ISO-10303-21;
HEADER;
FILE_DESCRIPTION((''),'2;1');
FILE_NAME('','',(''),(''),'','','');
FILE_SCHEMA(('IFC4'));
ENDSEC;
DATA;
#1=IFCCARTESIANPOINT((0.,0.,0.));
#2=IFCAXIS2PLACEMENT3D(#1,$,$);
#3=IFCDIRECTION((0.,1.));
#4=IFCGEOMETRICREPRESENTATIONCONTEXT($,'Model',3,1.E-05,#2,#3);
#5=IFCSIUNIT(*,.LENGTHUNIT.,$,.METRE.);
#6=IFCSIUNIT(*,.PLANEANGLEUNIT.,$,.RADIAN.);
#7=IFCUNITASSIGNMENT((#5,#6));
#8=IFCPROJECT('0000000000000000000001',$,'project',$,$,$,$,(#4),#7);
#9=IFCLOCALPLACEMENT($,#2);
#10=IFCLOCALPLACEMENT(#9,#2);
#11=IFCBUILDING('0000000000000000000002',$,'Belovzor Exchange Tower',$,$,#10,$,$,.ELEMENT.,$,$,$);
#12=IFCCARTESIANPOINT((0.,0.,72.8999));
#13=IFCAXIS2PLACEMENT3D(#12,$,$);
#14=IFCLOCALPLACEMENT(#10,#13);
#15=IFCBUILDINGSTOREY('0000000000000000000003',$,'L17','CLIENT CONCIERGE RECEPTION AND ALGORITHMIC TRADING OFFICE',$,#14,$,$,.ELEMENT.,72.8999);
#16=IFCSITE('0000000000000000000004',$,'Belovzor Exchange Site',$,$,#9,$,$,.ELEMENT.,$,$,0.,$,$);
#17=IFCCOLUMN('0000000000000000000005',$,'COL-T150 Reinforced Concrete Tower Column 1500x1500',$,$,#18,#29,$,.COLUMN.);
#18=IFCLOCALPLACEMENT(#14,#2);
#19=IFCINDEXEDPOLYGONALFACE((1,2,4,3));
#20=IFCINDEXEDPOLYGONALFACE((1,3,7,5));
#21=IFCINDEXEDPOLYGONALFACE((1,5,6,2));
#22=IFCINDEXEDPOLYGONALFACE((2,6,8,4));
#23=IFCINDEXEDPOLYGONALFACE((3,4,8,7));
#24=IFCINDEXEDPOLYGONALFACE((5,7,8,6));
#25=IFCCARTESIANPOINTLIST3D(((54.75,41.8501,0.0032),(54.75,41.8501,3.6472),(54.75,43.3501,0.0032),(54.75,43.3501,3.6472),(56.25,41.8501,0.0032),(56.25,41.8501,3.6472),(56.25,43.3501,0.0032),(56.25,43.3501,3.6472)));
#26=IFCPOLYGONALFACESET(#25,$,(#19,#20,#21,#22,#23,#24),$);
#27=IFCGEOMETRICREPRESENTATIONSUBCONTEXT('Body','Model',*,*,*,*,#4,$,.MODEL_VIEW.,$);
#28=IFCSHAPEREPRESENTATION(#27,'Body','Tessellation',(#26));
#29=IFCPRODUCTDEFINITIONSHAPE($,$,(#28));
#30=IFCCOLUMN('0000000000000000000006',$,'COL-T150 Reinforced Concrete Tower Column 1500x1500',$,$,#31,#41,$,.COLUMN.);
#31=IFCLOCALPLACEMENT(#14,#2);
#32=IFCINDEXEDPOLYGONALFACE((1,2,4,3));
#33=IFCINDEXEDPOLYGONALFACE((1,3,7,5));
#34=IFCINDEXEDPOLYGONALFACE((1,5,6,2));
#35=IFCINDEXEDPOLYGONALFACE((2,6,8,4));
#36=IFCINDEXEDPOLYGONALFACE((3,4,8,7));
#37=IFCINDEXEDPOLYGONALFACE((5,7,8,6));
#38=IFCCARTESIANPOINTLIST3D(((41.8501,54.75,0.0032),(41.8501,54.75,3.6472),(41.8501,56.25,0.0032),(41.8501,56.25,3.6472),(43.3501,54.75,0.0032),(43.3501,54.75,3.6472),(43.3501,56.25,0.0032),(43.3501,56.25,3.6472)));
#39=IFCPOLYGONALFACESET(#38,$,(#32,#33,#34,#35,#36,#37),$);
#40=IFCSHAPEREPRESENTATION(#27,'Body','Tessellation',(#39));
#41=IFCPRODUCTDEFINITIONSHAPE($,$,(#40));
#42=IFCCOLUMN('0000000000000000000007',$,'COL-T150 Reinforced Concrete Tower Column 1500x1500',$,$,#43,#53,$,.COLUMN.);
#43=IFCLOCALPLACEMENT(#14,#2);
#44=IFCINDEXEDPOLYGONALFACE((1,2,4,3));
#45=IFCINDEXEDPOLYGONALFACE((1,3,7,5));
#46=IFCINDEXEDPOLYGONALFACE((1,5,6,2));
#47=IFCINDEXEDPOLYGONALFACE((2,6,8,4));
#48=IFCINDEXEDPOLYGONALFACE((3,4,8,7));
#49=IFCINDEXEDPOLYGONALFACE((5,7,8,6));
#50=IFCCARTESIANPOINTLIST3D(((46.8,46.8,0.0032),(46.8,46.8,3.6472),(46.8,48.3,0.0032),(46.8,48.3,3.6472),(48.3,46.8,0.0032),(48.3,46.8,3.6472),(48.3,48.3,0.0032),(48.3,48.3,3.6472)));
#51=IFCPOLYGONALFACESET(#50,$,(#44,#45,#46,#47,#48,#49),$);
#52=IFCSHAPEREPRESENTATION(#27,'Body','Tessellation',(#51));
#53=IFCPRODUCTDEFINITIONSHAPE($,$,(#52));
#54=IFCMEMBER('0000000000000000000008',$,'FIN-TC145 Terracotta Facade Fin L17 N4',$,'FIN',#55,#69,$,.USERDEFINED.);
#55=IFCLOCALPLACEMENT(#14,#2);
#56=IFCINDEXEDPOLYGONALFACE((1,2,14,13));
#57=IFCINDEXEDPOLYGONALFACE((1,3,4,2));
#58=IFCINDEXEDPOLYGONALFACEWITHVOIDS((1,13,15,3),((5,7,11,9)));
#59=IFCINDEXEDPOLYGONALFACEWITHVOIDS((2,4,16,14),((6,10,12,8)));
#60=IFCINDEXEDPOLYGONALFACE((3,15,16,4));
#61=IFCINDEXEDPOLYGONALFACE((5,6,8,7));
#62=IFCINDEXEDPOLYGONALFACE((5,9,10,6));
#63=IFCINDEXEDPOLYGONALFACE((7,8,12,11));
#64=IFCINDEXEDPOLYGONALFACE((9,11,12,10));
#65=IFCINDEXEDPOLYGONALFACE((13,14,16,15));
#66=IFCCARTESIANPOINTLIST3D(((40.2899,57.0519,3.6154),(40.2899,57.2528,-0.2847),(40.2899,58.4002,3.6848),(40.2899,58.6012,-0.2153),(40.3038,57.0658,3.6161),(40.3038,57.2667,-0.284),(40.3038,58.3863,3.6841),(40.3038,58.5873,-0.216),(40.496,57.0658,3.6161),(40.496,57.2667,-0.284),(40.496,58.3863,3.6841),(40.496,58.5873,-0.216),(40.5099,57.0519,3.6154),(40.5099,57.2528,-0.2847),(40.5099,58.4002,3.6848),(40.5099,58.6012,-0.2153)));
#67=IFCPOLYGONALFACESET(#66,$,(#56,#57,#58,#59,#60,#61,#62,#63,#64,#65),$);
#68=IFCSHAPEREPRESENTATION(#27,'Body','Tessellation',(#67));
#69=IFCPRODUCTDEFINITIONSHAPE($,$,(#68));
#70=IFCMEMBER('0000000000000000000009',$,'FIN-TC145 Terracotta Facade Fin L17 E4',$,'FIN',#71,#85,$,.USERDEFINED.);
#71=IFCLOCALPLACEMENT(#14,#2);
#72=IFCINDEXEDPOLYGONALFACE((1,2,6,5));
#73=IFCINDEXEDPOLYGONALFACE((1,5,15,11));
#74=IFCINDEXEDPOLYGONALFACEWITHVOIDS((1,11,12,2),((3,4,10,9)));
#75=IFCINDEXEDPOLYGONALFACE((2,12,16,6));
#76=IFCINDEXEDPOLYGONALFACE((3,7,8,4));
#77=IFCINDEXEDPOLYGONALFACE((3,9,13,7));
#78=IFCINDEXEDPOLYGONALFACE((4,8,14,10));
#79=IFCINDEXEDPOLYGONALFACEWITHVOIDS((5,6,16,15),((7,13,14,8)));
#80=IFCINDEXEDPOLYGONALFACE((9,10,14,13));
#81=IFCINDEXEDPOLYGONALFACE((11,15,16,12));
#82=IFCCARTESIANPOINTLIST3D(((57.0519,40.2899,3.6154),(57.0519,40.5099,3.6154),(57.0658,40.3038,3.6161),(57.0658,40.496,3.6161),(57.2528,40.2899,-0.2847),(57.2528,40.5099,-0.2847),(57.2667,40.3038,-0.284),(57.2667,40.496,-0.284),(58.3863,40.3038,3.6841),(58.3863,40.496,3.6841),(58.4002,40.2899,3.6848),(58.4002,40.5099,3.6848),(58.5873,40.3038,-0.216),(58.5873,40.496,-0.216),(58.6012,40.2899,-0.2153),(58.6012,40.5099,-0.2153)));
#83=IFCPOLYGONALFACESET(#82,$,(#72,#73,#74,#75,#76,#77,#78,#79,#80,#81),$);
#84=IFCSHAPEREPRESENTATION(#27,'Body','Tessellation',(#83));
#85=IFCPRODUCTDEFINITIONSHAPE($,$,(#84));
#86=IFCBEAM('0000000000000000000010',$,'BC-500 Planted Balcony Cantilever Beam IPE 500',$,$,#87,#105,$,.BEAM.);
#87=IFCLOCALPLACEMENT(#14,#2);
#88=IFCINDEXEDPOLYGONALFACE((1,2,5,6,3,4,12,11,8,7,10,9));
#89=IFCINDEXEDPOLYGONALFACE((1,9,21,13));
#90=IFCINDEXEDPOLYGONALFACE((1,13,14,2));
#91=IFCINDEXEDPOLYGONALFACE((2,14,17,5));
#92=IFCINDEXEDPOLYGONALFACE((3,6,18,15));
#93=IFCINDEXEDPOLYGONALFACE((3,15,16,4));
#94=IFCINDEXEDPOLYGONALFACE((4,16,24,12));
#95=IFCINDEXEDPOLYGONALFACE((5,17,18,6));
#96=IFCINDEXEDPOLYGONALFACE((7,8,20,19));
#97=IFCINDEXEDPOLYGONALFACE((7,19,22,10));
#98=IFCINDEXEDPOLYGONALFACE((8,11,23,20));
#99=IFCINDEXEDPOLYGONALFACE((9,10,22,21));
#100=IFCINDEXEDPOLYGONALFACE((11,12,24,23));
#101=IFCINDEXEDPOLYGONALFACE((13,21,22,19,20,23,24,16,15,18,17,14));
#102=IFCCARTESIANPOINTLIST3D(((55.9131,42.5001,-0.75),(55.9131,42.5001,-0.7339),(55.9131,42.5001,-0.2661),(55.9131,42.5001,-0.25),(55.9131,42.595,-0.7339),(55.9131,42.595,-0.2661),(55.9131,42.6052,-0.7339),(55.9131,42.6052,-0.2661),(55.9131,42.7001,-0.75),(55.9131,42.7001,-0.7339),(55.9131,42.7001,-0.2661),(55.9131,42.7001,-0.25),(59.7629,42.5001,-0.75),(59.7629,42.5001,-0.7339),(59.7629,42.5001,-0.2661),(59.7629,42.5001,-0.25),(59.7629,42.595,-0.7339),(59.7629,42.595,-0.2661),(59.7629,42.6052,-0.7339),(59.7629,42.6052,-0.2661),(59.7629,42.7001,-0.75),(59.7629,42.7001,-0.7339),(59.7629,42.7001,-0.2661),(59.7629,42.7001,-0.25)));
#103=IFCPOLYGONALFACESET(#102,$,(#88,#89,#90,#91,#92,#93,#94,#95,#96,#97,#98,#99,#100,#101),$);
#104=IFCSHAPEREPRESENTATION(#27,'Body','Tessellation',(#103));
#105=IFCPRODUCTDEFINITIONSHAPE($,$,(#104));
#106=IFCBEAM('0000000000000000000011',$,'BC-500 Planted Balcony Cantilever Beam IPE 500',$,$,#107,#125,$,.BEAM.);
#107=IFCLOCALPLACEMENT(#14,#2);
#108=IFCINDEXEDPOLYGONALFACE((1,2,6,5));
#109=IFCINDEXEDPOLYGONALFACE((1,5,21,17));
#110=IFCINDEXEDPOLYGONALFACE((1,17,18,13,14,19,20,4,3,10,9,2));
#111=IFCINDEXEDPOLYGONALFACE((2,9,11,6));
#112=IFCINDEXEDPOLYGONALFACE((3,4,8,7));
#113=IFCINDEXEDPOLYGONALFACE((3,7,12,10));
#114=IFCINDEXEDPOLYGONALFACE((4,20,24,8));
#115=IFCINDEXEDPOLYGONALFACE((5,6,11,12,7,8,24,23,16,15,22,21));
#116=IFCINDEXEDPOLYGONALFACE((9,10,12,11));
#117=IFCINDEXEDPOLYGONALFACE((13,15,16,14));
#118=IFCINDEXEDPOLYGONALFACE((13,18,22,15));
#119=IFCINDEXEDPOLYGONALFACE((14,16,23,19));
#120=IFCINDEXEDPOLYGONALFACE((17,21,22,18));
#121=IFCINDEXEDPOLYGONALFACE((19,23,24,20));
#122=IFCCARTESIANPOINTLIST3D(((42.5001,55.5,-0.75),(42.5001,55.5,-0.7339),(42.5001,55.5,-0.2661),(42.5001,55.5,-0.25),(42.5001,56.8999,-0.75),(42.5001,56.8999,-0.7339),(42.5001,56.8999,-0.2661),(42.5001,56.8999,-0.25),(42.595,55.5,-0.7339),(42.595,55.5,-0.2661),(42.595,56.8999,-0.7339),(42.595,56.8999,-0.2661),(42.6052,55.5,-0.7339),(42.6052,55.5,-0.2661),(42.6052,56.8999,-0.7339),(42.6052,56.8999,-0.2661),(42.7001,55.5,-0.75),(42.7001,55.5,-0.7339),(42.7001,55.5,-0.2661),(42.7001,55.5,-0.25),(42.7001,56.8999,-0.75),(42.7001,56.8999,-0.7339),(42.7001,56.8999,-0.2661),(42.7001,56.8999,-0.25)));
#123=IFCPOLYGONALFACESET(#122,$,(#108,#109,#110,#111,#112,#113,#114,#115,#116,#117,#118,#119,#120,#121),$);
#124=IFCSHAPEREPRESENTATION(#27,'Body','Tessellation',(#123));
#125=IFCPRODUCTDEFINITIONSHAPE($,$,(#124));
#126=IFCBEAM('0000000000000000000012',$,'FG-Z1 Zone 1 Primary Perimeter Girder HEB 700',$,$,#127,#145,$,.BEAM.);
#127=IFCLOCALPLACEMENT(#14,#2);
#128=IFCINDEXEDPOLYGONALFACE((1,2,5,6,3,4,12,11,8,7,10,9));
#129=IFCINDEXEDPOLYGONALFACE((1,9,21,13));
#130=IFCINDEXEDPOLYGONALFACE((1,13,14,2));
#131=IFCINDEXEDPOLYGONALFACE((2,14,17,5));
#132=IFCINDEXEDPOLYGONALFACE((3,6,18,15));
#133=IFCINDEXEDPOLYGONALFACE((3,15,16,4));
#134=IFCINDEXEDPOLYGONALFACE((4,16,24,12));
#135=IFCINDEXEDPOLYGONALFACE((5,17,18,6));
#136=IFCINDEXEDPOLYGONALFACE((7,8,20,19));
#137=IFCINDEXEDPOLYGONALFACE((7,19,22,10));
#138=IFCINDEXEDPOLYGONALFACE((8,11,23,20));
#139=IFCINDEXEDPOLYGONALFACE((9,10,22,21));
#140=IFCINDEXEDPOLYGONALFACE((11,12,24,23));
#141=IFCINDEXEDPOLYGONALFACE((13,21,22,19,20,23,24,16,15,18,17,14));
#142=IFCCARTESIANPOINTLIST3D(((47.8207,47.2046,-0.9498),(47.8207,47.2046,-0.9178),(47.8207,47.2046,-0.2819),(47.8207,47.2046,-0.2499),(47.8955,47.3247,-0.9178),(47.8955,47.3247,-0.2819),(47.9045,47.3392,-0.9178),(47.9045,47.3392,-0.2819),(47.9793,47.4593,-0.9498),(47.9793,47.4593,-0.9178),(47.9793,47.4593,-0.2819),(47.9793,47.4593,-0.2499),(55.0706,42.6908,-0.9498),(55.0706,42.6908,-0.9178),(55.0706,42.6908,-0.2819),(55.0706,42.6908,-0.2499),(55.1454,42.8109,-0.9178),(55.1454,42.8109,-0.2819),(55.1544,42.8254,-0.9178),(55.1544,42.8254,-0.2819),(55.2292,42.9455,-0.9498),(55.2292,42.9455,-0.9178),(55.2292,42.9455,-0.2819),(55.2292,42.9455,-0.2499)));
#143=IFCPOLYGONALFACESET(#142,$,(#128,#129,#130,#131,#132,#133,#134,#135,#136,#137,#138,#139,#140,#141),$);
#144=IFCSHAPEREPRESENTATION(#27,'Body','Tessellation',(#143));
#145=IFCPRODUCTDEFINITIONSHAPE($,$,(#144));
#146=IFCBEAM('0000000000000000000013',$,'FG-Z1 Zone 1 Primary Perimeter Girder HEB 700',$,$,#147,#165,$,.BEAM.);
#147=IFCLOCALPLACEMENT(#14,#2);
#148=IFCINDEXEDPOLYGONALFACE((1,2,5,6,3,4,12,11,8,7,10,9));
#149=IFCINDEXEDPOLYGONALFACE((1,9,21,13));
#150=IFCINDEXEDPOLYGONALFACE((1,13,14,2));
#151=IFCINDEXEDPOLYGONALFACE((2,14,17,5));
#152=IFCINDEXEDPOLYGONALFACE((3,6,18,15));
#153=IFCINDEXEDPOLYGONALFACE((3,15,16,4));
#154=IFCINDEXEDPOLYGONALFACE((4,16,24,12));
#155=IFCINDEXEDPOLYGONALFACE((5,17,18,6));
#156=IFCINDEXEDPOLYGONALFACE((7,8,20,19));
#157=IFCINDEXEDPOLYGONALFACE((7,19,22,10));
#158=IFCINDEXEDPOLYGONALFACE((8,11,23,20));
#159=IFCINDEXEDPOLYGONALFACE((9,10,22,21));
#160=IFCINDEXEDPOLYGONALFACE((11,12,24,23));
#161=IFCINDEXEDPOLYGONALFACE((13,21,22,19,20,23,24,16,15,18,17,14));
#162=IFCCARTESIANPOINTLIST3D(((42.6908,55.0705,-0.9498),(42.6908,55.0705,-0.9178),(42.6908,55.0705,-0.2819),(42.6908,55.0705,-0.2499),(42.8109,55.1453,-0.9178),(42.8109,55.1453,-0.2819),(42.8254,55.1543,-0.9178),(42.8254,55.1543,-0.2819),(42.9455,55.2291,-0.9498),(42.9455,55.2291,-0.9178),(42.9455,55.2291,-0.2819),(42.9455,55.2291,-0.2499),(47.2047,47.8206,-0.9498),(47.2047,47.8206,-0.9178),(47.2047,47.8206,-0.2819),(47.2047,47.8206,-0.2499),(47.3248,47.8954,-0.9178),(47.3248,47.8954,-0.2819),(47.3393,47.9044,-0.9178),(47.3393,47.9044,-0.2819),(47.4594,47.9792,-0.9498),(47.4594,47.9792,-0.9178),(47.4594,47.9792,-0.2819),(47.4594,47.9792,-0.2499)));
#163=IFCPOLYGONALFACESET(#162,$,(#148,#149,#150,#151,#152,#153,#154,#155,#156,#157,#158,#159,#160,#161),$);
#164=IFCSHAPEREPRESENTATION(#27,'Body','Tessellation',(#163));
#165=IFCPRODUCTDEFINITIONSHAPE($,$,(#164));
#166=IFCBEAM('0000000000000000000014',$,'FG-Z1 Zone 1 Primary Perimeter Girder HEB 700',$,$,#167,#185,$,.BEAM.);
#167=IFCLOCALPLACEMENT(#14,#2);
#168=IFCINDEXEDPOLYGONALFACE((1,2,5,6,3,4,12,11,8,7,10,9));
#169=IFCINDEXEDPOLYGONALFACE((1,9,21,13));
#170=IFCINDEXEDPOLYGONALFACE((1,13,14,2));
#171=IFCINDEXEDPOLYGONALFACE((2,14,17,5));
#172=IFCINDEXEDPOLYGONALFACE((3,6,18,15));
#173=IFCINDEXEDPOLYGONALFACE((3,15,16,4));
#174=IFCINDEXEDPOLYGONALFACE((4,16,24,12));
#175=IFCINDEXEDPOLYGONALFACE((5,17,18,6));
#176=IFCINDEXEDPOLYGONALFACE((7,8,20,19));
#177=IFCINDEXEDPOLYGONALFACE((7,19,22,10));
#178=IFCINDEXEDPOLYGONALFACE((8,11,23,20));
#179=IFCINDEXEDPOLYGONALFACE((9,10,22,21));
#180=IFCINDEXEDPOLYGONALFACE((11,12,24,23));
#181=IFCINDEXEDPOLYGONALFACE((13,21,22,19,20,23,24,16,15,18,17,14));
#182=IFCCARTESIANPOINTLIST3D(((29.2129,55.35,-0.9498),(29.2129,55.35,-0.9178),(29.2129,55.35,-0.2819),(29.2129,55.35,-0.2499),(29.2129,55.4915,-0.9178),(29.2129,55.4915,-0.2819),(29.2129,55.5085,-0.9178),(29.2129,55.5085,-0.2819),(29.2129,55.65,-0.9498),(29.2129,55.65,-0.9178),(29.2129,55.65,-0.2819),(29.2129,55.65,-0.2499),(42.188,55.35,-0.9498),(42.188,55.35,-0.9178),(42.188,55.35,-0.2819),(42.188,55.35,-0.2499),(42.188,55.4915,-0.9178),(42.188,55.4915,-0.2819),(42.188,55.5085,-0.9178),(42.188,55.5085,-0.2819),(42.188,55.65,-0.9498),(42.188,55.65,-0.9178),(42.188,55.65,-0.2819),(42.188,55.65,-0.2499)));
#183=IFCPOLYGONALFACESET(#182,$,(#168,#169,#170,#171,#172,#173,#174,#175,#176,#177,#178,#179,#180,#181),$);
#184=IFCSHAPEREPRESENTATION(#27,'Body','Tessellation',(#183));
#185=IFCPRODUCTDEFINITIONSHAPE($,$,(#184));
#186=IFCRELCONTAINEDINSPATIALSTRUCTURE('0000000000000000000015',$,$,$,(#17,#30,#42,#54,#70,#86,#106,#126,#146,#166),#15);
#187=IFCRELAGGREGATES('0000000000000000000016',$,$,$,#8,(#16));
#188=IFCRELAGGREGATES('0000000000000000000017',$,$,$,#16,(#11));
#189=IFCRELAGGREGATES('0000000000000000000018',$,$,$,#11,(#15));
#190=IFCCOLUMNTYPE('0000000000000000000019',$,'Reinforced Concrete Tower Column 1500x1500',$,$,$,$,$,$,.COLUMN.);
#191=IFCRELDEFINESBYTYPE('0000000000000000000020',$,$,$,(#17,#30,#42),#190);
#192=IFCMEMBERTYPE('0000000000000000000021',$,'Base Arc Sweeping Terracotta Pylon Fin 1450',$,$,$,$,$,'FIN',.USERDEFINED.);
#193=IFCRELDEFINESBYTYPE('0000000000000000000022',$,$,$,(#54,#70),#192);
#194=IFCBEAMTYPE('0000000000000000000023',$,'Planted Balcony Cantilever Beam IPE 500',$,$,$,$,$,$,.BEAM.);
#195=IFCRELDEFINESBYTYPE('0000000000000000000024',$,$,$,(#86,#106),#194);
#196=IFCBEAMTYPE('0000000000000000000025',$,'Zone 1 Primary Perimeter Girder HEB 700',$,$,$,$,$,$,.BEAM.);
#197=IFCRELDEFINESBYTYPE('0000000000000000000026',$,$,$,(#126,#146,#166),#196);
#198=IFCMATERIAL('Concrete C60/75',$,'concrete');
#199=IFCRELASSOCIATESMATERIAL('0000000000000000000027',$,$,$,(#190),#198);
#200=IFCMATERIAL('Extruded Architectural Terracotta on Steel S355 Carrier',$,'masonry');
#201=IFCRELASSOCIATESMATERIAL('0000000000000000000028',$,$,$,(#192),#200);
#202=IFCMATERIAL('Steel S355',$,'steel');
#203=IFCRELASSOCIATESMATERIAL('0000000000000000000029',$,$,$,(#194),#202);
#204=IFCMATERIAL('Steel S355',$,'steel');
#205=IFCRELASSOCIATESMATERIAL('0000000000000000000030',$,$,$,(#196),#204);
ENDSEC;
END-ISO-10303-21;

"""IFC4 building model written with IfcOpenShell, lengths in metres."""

from ifc_helpers import new_model, si_unit, direction, frame, origin, origin_2d, place, context, subcontext, project, spatial, rectangle, hollow_rectangle, i_section, extrude, material, material_profile, profile_set, type_object, element, save


model = new_model("IFC4")

# Units and contexts
model_context = context("Model", 3, precision=1e-05, world=origin(), true_north=direction((0.0, 1.0)))
body_context = subcontext(model_context, "Body", "Model", "MODEL_VIEW")
ifc_project = project(units=[si_unit("LENGTHUNIT", "METRE"), si_unit("PLANEANGLEUNIT", "RADIAN")], contexts=[model_context])

# Site, building, storey
site_placement = place(None, origin())
site = spatial("IfcSite", under=ifc_project, at=site_placement, Name="Belovzor Exchange Site", CompositionType="ELEMENT", RefElevation=0.0)
building_placement = place(site_placement, origin())
building = spatial("IfcBuilding", under=site, at=building_placement, Name="Belovzor Exchange Tower", CompositionType="ELEMENT")
storey_placement = place(building_placement, frame((0.0, 0.0, 72.8999)))
storey = spatial("IfcBuildingStorey", under=building, at=storey_placement, Name="L17", Description="CLIENT CONCIERGE RECEPTION AND ALGORITHMIC TRADING OFFICE", CompositionType="ELEMENT", Elevation=72.8999)

# Columns
ifc_material_1 = material(Name="Concrete C60/75", Category="concrete")
ifc_material_profile_1 = material_profile(ifc_material_1, rectangle(XDim=1.5, YDim=1.5, at=origin_2d()))
ifc_profile_set_1 = profile_set([ifc_material_profile_1], Name="Concrete C60/75")
column_type = type_object("IfcColumnType", Name="Reinforced Concrete Tower Column 1500x1500", PredefinedType="COLUMN", material=ifc_profile_set_1)
for number, where, z_axis, x_axis, name in (
    (1, (55.5, 42.6001, 0.0032), (0.0, 0.0, 1.0), (1.0, 0.0, 0.0), "COL-T150 Reinforced Concrete Tower Column 1500x1500"),
    (2, (42.6001, 55.5, 0.0032), (0.0, 0.0, 1.0), (1.0, 0.0, 0.0), "COL-T150 Reinforced Concrete Tower Column 1500x1500"),
    (3, (47.55, 47.55, 0.0032), (0.0, 0.0, 1.0), (1.0, 0.0, 0.0), "COL-T150 Reinforced Concrete Tower Column 1500x1500"),
):
    element("IfcColumn", number, at=place(storey_placement, frame(where, z_axis=z_axis, x_axis=x_axis)), inside=storey, type_object=column_type, Name=name, PredefinedType="COLUMN", context=body_context, shape_type="SweptSolid", body=[
        extrude(rectangle(XDim=1.5, YDim=1.5, at=origin_2d()), origin(), (0.0, 0.0, 1.0), 3.644),
    ])

# Members
ifc_material_2 = material(Name="Extruded Architectural Terracotta on Steel S355 Carrier", Category="masonry")
ifc_material_profile_2 = material_profile(ifc_material_2, hollow_rectangle(XDim=0.22, YDim=1.3501, WallThickness=0.0139, at=origin_2d()))
ifc_profile_set_2 = profile_set([ifc_material_profile_2], Name="Extruded Architectural Terracotta on Steel S355 Carrier")
member_type = type_object("IfcMemberType", Name="Base Arc Sweeping Terracotta Pylon Fin 1450", ElementType="FIN", PredefinedType="USERDEFINED", material=ifc_profile_set_2)
for number, where, z_axis, x_axis, name in (
    (4, (40.3999, 57.927, -0.25), (0.0, -0.05145, 0.998676), (1.0, 0.0, 0.0), "FIN-TC145 Terracotta Facade Fin L17 N4"),
    (5, (57.927, 40.3999, -0.25), (-0.05145, 0.0, 0.998676), (0.0, -1.0, 0.0), "FIN-TC145 Terracotta Facade Fin L17 E4"),
):
    element("IfcMember", number, at=place(storey_placement, frame(where, z_axis=z_axis, x_axis=x_axis)), inside=storey, type_object=member_type, Name=name, ObjectType="FIN", PredefinedType="USERDEFINED", context=body_context, shape_type="SweptSolid", body=[
        extrude(hollow_rectangle(XDim=0.22, YDim=1.3501, WallThickness=0.0139, at=origin_2d()), origin(), (0.0, 0.0, 1.0), 3.9053),
    ])

# Beams
ifc_material_3 = material(Name="Steel S355", Category="steel")
ifc_material_profile_3 = material_profile(ifc_material_3, i_section(OverallWidth=0.2, OverallDepth=0.5, WebThickness=0.0103, FlangeThickness=0.0161, at=origin_2d()))
ifc_profile_set_3 = profile_set([ifc_material_profile_3], Name="Steel S355")
beam_type_1 = type_object("IfcBeamType", Name="Planted Balcony Cantilever Beam IPE 500", PredefinedType="BEAM", material=ifc_profile_set_3)
beam_1_placement = place(storey_placement, frame((55.9131, 42.6001, -0.5), z_axis=(1.0, 0.0, 0.0), x_axis=(0.0, 1.0, 0.0)))
element("IfcBeam", 6, at=beam_1_placement, inside=storey, type_object=beam_type_1, Name="BC-500 Planted Balcony Cantilever Beam IPE 500", PredefinedType="BEAM", context=body_context, shape_type="SweptSolid", body=[
    extrude(i_section(OverallWidth=0.2, OverallDepth=0.5, WebThickness=0.0103, FlangeThickness=0.0161, at=origin_2d()), origin(), (0.0, 0.0, 1.0), 3.8499),
])
beam_2_placement = place(storey_placement, frame((42.6001, 55.5, -0.5), z_axis=(0.0, 1.0, 0.0), x_axis=(-1.0, 0.0, 0.0)))
element("IfcBeam", 7, at=beam_2_placement, inside=storey, type_object=beam_type_1, Name="BC-500 Planted Balcony Cantilever Beam IPE 500", PredefinedType="BEAM", context=body_context, shape_type="SweptSolid", body=[
    extrude(i_section(OverallWidth=0.2, OverallDepth=0.5, WebThickness=0.0103, FlangeThickness=0.0161, at=origin_2d()), origin(), (0.0, 0.0, 1.0), 1.3999),
])
ifc_material_4 = material(Name="Steel S355", Category="steel")
ifc_material_profile_4 = material_profile(ifc_material_4, i_section(OverallWidth=0.3, OverallDepth=0.7, WebThickness=0.0171, FlangeThickness=0.032, at=origin_2d()))
ifc_profile_set_4 = profile_set([ifc_material_profile_4], Name="Steel S355")
beam_type_2 = type_object("IfcBeamType", Name="Zone 1 Primary Perimeter Girder HEB 700", PredefinedType="BEAM", material=ifc_profile_set_4)
for number, where, z_axis, x_axis, name in (
    (8, (55.1499, 42.8181, -0.5999), (-0.848909, 0.528539, 0.0), (-0.528539, -0.848909, 0.0), "FG-Z1 Zone 1 Primary Perimeter Girder HEB 700"),
    (9, (47.332, 47.8999, -0.5999), (-0.528539, 0.848909, 0.0), (-0.848909, -0.528539, 0.0), "FG-Z1 Zone 1 Primary Perimeter Girder HEB 700"),
):
    element("IfcBeam", number, at=place(storey_placement, frame(where, z_axis=z_axis, x_axis=x_axis)), inside=storey, type_object=beam_type_2, Name=name, PredefinedType="BEAM", context=body_context, shape_type="SweptSolid", body=[
        extrude(i_section(OverallWidth=0.3, OverallDepth=0.7, WebThickness=0.0171, FlangeThickness=0.032, at=origin_2d()), origin(), (0.0, 0.0, 1.0), 8.5403),
    ])
beam_3_placement = place(storey_placement, frame((42.188, 55.5, -0.5999), z_axis=(-1.0, 0.0, 0.0), x_axis=(0.0, -1.0, 0.0)))
element("IfcBeam", 10, at=beam_3_placement, inside=storey, type_object=beam_type_2, Name="FG-Z1 Zone 1 Primary Perimeter Girder HEB 700", PredefinedType="BEAM", context=body_context, shape_type="SweptSolid", body=[
    extrude(i_section(OverallWidth=0.3, OverallDepth=0.7, WebThickness=0.0171, FlangeThickness=0.032, at=origin_2d()), origin(), (0.0, 0.0, 1.0), 12.9751),
])

save(model, "model.ifc")
